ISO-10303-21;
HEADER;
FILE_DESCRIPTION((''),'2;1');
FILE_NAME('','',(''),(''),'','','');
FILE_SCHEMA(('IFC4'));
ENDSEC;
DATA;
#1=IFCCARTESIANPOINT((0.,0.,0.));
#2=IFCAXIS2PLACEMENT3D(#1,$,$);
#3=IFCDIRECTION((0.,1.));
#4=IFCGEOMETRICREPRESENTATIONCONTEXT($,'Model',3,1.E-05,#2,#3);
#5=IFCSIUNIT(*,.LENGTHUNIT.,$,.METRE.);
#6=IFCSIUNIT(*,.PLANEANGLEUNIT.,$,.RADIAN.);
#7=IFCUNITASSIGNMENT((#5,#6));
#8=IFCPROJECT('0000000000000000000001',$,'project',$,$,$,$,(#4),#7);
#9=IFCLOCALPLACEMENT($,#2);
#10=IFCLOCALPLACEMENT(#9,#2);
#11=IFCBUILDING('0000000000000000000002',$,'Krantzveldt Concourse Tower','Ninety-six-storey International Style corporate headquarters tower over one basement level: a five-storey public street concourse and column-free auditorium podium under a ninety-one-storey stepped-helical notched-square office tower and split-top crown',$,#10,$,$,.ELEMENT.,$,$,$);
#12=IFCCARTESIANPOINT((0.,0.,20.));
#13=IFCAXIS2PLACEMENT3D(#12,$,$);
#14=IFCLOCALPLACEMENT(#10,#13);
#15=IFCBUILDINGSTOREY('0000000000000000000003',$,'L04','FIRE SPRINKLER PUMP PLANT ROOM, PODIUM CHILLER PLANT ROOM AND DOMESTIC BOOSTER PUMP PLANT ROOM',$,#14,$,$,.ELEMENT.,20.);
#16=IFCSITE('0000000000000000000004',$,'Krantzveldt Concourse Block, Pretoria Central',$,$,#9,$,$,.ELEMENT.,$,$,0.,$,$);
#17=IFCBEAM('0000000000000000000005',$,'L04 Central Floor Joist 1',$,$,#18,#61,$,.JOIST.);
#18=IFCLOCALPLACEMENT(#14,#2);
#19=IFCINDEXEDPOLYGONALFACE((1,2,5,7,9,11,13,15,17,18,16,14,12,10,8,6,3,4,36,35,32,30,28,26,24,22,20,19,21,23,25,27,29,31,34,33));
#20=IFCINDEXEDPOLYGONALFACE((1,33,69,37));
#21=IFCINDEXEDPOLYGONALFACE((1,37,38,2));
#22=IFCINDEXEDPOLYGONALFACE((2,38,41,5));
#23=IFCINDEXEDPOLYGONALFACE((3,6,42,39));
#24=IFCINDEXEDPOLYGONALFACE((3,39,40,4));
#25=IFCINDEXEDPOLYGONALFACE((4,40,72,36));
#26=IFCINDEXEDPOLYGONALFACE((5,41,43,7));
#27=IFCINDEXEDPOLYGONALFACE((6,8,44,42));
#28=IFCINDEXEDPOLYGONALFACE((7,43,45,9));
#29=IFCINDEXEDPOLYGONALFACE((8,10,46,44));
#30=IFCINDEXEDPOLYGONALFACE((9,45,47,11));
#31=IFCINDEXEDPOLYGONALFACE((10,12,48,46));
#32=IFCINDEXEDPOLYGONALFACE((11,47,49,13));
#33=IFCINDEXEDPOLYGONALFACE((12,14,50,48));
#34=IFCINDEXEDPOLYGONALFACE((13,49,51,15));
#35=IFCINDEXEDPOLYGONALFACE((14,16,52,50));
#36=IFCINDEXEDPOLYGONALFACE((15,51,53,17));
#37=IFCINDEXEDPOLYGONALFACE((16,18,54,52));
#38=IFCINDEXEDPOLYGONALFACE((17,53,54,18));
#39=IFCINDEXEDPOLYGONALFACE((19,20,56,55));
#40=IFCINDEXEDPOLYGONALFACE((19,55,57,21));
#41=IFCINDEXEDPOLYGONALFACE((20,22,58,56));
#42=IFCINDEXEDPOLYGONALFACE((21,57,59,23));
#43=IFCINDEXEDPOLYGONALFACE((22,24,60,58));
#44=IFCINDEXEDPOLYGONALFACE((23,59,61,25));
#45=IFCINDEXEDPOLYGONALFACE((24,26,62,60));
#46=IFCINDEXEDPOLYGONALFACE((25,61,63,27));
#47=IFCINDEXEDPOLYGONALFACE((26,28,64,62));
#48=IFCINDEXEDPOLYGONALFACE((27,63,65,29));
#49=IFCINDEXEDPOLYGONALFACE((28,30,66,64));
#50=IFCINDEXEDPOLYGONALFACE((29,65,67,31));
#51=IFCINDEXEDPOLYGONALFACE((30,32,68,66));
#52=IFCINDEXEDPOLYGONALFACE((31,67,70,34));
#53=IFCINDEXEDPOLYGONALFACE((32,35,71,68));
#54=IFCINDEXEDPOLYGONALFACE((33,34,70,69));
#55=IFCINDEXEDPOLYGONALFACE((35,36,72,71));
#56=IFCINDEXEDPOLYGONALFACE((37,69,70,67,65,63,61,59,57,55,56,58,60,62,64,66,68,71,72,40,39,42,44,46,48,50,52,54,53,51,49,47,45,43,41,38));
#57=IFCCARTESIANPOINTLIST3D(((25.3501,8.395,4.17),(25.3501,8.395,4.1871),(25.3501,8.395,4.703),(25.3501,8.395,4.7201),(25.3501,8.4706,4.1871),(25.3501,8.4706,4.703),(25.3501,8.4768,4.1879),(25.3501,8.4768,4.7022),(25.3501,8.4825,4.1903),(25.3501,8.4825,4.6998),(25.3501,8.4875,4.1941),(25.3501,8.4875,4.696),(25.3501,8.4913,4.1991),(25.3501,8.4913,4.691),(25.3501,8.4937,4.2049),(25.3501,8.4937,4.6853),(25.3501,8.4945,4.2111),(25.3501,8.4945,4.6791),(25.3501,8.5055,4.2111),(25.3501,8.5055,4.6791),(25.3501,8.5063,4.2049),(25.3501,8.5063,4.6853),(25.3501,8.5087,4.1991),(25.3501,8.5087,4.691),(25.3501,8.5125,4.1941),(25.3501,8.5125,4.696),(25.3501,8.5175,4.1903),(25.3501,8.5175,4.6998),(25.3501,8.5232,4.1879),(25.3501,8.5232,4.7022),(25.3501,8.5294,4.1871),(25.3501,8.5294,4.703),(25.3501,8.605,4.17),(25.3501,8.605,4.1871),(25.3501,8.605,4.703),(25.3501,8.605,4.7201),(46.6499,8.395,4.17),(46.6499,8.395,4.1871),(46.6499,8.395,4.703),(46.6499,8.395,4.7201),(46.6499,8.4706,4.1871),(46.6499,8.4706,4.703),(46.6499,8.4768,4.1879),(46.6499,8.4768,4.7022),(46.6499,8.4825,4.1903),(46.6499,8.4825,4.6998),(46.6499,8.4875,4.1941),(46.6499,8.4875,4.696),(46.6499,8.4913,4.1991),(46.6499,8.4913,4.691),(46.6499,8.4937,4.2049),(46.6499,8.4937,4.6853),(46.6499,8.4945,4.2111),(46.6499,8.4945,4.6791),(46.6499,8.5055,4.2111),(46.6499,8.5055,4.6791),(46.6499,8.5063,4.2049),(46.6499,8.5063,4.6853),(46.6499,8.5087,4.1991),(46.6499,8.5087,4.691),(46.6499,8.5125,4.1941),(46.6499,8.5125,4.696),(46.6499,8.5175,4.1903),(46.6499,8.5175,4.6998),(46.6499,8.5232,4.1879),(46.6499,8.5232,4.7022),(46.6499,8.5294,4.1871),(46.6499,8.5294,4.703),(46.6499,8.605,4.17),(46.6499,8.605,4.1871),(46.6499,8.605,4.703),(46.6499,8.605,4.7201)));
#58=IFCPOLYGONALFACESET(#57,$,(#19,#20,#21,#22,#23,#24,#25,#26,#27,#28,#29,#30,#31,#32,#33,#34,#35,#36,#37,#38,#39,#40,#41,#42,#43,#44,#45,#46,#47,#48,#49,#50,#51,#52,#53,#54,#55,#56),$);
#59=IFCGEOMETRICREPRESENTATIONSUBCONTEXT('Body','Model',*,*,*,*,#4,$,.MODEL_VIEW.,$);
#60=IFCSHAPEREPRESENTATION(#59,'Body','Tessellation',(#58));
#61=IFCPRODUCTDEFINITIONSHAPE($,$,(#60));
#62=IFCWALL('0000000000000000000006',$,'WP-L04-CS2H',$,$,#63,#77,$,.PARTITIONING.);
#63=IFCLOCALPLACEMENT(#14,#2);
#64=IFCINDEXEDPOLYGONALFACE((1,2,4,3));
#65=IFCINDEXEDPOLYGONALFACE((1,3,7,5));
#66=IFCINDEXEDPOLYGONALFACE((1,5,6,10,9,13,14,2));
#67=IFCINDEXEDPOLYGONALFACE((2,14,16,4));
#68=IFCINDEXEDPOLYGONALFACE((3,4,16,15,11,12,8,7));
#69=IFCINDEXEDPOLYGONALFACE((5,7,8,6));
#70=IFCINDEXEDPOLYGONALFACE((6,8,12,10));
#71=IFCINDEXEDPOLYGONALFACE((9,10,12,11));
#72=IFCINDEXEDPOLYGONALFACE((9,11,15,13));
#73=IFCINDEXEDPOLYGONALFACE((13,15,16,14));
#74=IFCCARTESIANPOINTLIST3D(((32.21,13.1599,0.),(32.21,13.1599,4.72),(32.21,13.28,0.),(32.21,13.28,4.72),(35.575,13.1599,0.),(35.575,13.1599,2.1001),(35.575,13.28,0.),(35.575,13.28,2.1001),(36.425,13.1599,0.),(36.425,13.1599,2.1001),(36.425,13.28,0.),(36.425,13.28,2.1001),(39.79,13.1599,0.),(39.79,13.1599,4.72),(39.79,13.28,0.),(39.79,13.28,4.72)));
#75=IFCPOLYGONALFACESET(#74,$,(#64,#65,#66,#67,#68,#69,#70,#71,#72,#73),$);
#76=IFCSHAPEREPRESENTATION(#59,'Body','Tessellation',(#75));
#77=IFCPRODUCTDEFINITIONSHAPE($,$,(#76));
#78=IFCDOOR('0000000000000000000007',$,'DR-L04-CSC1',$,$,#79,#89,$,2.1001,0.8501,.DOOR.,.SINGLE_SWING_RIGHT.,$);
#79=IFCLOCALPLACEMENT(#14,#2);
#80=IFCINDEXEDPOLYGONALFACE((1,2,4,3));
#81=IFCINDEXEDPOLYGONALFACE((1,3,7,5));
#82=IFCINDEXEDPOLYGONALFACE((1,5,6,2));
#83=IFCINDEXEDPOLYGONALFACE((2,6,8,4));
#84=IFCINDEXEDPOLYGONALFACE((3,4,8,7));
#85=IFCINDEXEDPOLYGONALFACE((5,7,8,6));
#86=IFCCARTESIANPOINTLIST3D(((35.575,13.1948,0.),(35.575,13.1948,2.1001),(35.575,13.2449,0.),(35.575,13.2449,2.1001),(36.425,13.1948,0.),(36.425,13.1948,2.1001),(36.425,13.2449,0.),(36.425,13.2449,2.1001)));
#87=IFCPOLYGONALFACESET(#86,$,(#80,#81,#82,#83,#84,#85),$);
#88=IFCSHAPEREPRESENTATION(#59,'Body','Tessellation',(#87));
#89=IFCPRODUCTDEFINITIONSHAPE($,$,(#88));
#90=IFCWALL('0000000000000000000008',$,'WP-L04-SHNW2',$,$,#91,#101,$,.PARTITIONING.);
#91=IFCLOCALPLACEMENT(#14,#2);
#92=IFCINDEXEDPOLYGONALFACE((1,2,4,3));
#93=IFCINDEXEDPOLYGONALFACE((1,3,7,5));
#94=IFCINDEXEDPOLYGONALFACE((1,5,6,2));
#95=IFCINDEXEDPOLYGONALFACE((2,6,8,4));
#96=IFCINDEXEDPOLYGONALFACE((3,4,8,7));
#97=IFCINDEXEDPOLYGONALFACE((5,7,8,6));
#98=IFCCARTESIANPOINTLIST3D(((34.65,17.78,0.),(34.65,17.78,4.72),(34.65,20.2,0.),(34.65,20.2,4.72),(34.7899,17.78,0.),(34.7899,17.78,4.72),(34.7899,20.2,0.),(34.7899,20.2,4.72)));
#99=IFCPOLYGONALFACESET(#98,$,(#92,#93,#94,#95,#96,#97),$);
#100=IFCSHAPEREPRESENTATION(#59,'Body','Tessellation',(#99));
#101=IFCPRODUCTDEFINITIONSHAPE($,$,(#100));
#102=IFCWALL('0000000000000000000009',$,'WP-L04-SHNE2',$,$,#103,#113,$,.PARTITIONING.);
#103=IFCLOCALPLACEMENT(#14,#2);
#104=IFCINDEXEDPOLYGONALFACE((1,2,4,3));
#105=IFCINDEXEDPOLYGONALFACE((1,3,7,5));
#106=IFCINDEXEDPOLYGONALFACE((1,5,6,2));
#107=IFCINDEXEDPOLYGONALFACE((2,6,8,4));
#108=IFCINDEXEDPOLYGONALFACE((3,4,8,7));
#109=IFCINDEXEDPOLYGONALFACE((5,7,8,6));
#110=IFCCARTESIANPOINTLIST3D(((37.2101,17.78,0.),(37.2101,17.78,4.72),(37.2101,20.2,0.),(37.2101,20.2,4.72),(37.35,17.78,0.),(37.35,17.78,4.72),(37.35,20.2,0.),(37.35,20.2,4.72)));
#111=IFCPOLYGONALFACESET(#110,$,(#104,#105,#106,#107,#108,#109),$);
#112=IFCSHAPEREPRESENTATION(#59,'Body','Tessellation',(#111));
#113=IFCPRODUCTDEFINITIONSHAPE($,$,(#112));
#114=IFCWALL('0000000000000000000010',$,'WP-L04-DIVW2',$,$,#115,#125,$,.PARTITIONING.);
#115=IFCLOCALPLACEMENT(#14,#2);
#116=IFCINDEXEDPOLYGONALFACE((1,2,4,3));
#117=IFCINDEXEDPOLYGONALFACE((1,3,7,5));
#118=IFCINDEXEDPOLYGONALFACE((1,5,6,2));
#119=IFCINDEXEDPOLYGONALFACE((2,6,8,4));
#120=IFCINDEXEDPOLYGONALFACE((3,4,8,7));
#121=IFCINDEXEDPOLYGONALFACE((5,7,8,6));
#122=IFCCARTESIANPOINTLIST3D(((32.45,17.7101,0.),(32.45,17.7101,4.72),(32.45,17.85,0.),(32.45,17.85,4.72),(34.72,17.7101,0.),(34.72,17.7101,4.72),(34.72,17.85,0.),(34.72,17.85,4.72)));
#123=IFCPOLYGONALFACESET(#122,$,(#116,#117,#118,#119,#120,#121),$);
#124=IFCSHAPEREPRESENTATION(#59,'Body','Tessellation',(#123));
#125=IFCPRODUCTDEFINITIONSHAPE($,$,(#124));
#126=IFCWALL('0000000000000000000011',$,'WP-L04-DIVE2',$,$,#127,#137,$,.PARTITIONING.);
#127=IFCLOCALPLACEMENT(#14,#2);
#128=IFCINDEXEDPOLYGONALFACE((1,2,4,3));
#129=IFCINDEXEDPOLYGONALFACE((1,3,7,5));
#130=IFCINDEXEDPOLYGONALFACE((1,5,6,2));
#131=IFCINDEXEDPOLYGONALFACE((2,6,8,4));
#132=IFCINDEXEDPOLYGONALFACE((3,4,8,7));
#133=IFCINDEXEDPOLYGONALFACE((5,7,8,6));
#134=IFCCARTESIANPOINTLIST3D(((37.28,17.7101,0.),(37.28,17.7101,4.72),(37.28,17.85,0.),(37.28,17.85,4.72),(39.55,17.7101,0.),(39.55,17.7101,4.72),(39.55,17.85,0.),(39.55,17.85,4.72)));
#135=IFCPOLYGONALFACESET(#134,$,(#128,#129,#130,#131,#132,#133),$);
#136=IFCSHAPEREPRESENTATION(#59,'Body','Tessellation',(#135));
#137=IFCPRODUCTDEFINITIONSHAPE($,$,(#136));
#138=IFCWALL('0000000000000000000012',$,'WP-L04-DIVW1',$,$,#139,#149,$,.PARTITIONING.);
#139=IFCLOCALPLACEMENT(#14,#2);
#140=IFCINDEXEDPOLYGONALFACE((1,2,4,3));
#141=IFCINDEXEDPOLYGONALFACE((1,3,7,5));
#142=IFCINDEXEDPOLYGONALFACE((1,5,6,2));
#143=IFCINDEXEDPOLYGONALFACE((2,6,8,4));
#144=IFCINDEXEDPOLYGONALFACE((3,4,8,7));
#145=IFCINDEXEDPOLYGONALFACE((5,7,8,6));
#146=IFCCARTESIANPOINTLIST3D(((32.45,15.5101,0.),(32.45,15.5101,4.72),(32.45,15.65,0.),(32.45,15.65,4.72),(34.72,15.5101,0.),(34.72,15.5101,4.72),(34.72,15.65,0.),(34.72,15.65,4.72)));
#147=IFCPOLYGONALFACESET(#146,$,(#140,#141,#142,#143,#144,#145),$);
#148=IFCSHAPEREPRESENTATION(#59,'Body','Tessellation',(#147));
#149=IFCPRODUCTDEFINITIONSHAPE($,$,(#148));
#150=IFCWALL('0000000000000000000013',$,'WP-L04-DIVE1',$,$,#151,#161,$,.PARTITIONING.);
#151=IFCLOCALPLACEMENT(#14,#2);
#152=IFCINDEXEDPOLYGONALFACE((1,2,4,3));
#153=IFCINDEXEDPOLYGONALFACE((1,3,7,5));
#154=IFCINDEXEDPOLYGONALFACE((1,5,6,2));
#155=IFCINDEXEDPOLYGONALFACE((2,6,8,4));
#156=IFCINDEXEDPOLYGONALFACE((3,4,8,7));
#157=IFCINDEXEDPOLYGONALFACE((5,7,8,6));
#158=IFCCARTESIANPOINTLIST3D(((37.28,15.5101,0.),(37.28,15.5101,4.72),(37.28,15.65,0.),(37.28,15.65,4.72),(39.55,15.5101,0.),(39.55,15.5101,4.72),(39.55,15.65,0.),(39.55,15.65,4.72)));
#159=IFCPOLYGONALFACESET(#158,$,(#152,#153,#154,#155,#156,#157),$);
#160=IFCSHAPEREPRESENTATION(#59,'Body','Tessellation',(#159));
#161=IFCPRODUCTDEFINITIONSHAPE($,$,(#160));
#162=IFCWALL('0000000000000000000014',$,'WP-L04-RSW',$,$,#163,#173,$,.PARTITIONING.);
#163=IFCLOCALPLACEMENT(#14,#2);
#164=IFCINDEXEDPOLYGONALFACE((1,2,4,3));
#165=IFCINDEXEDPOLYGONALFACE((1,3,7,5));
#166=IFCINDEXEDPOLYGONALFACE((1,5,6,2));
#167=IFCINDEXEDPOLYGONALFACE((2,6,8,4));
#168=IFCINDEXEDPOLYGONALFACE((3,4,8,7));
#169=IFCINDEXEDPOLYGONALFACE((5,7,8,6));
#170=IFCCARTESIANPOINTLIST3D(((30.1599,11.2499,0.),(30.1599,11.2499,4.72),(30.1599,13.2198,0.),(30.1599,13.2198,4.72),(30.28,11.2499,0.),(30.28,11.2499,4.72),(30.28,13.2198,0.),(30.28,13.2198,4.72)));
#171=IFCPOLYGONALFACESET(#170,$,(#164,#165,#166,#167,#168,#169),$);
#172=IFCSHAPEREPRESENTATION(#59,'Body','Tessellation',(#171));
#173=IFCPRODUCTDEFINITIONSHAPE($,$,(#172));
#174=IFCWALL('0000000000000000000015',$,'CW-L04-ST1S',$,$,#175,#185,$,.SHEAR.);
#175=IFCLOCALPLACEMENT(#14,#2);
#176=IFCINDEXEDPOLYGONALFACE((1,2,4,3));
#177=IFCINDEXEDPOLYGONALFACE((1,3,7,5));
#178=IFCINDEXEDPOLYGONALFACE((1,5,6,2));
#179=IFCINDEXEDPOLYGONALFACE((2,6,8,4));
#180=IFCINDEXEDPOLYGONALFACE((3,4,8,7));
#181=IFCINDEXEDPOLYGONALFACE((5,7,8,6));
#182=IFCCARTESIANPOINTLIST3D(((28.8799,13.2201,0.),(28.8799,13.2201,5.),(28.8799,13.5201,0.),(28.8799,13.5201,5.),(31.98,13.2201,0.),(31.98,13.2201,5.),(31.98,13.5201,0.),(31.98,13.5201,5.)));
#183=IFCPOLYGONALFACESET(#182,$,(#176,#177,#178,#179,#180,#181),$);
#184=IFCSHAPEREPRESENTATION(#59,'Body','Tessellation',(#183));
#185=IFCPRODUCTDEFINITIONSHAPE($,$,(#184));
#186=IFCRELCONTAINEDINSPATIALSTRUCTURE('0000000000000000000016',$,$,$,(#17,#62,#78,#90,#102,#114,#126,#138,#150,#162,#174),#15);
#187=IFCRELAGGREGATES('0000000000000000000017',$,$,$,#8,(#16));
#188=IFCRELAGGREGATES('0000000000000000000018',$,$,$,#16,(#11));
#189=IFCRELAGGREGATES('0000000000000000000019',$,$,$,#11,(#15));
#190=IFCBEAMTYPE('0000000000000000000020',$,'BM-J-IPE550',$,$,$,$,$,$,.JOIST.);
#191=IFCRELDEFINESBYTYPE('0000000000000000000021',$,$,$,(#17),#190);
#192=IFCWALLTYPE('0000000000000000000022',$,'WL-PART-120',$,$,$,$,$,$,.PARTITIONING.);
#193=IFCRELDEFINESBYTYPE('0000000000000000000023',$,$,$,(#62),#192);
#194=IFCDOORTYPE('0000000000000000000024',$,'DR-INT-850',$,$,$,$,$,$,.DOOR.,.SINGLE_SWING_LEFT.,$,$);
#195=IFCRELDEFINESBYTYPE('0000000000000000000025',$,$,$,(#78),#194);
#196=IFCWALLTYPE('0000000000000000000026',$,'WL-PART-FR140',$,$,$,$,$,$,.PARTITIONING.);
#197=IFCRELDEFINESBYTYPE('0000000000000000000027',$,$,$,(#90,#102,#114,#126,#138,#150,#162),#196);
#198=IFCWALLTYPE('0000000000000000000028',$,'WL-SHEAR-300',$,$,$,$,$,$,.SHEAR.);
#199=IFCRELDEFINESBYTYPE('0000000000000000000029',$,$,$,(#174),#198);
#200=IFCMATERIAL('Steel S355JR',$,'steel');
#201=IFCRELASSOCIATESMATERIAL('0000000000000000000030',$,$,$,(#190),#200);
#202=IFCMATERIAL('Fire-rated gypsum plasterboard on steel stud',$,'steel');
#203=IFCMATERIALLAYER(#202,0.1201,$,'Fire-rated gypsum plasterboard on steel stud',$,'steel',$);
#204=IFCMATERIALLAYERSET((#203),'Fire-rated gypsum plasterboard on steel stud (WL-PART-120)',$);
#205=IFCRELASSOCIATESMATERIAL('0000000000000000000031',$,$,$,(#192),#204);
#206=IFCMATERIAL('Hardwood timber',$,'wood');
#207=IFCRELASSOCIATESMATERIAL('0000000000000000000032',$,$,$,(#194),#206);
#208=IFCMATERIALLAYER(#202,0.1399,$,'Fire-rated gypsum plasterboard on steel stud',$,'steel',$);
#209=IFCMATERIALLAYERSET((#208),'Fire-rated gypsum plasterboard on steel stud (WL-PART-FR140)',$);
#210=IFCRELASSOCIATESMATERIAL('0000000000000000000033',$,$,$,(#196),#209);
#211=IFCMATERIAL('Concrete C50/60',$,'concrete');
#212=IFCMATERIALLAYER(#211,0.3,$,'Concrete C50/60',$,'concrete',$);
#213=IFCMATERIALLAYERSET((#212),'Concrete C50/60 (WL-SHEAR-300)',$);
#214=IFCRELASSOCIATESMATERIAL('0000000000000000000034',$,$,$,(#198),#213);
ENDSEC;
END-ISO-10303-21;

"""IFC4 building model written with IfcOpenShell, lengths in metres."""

from ifc_helpers import new_model, si_unit, direction, frame, frame_2d, origin, origin_2d, place, context, subcontext, project, spatial, rectangle, i_section, extrude, source, transform, mapped, material, layer, layer_set, material_profile, profile_set, type_object, type_shapes, element, fill, save


model = new_model("IFC4")

# Units and contexts
model_context = context("Model", 3, precision=1e-05, world=origin(), true_north=direction((0.0, 1.0)))
body_context = subcontext(model_context, "Body", "Model", "MODEL_VIEW")
ifc_project = project(units=[si_unit("LENGTHUNIT", "METRE"), si_unit("PLANEANGLEUNIT", "RADIAN")], contexts=[model_context])

# Site, building, storey
site_placement = place(None, origin())
site = spatial("IfcSite", under=ifc_project, at=site_placement, Name="Krantzveldt Concourse Block, Pretoria Central", CompositionType="ELEMENT", RefElevation=0.0)
building_placement = place(site_placement, origin())
building = spatial("IfcBuilding", under=site, at=building_placement, Name="Krantzveldt Concourse Tower", Description="Ninety-six-storey International Style corporate headquarters tower over one basement level: a five-storey public street concourse and column-free auditorium podium under a ninety-one-storey stepped-helical notched-square office tower and split-top crown", CompositionType="ELEMENT")
storey_placement = place(building_placement, frame((0.0, 0.0, 20.0)))
storey = spatial("IfcBuildingStorey", under=building, at=storey_placement, Name="L04", Description="FIRE SPRINKLER PUMP PLANT ROOM, PODIUM CHILLER PLANT ROOM AND DOMESTIC BOOSTER PUMP PLANT ROOM", CompositionType="ELEMENT", Elevation=20.0)

# Beam
ifc_material_1 = material(Name="Steel S355JR", Category="steel")
ifc_material_profile = material_profile(ifc_material_1, i_section(OverallWidth=0.21, OverallDepth=0.55, WebThickness=0.011, FlangeThickness=0.0171, FilletRadius=0.0239, at=origin_2d()), Name="Steel S355JR", Category="steel")
ifc_profile_set = profile_set([ifc_material_profile], Name="Steel S355JR - IPE 550")
beam_type = type_object("IfcBeamType", Name="BM-J-IPE550", PredefinedType="JOIST", material=ifc_profile_set)
shared_shape = source(origin(), body_context, "Body", "SweptSolid", [
    extrude(i_section(OverallWidth=0.21, OverallDepth=0.55, WebThickness=0.011, FlangeThickness=0.0171, FilletRadius=0.0239, at=origin_2d()), origin(), (0.0, 0.0, 1.0), 21.2998),
])
type_shapes(beam_type, [shared_shape])
beam_placement = place(storey_placement, frame((25.3501, 8.5, 4.4451), z_axis=(1.0, 0.0, 0.0), x_axis=(0.0, 1.0, 0.0)))
element("IfcBeam", 1, at=beam_placement, inside=storey, type_object=beam_type, Name="L04 Central Floor Joist 1", PredefinedType="JOIST", context=body_context, shape_type="MappedRepresentation", body=[
    mapped(shared_shape, transform((0.0, 0.0, 0.0), x_axis=(1.0, 0.0, 0.0), y_axis=(0.0, 1.0, 0.0), z_axis=(0.0, 0.0, 1.0), scale=1.0)),
])

# Wall, opening, door
ifc_material_2 = material(Name="Fire-rated gypsum plasterboard on steel stud", Category="steel")
ifc_layer_1 = layer(ifc_material_2, 0.1201, Name="Fire-rated gypsum plasterboard on steel stud", Category="steel")
ifc_layer_set_1 = layer_set([ifc_layer_1], Name="Fire-rated gypsum plasterboard on steel stud (WL-PART-120)")
wall_type_1 = type_object("IfcWallType", Name="WL-PART-120", PredefinedType="PARTITIONING", material=ifc_layer_set_1)
wall_1_placement = place(storey_placement, frame((32.21, 13.22, 0.0), z_axis=(0.0, 0.0, 1.0), x_axis=(1.0, 0.0, 0.0)))
wall_1 = element("IfcWall", 2, at=wall_1_placement, inside=storey, type_object=wall_type_1, Name="WP-L04-CS2H", PredefinedType="PARTITIONING", context=body_context, shape_type="SweptSolid", body=[
    extrude(rectangle(XDim=7.5801, YDim=0.1201, at=frame_2d((3.79, 0.0))), origin(), (0.0, 0.0, 1.0), 4.72),
])
opening_1_placement = place(wall_1_placement, frame((3.365, 0.0, 0.0)))
opening_1 = element("IfcOpeningElement", 3, at=opening_1_placement, cuts=wall_1, PredefinedType="OPENING", context=body_context, shape_type="SweptSolid", body=[
    extrude(rectangle(XDim=0.8501, YDim=2.1001, at=frame_2d((0.425, 1.05))), frame((0.0, 0.0701, 0.0), z_axis=(0.0, -1.0, 0.0), x_axis=(1.0, 0.0, 0.0)), (0.0, 0.0, 1.0), 0.1401),
])
ifc_material_3 = material(Name="Hardwood timber", Category="wood")
door_type_1 = type_object("IfcDoorType", Name="DR-INT-850", OperationType="SINGLE_SWING_LEFT", PredefinedType="DOOR", material=ifc_material_3)
door_1_placement = place(opening_1_placement, origin())
door_1 = element("IfcDoor", 4, at=door_1_placement, inside=storey, type_object=door_type_1, Name="DR-L04-CSC1", OperationType="SINGLE_SWING_RIGHT", OverallHeight=2.1001, OverallWidth=0.8501, PredefinedType="DOOR", context=body_context, shape_type="SweptSolid", body=[
    extrude(rectangle(XDim=0.8501, YDim=2.1001, at=frame_2d((0.425, 1.05))), frame((0.0, 0.0249, 0.0), z_axis=(0.0, -1.0, 0.0), x_axis=(1.0, 0.0, 0.0)), (0.0, 0.0, 1.0), 0.05),
])
fill(opening_1, door_1)

# Walls
ifc_layer_2 = layer(ifc_material_2, 0.1399, Name="Fire-rated gypsum plasterboard on steel stud", Category="steel")
ifc_layer_set_2 = layer_set([ifc_layer_2], Name="Fire-rated gypsum plasterboard on steel stud (WL-PART-FR140)")
wall_type_2 = type_object("IfcWallType", Name="WL-PART-FR140", PredefinedType="PARTITIONING", material=ifc_layer_set_2)
for number, where, z_axis, x_axis, name in (
    (5, (34.72, 17.78, 0.0), (0.0, 0.0, 1.0), (0.0, 1.0, 0.0), "WP-L04-SHNW2"),
    (6, (37.28, 17.78, 0.0), (0.0, 0.0, 1.0), (0.0, 1.0, 0.0), "WP-L04-SHNE2"),
):
    element("IfcWall", number, at=place(storey_placement, frame(where, z_axis=z_axis, x_axis=x_axis)), inside=storey, type_object=wall_type_2, Name=name, PredefinedType="PARTITIONING", context=body_context, shape_type="SweptSolid", body=[
        extrude(rectangle(XDim=2.4199, YDim=0.1399, at=frame_2d((1.21, 0.0))), origin(), (0.0, 0.0, 1.0), 4.72),
    ])
for number, where, z_axis, x_axis, name in (
    (7, (32.45, 17.78, 0.0), (0.0, 0.0, 1.0), (1.0, 0.0, 0.0), "WP-L04-DIVW2"),
    (8, (37.28, 17.78, 0.0), (0.0, 0.0, 1.0), (1.0, 0.0, 0.0), "WP-L04-DIVE2"),
):
    element("IfcWall", number, at=place(storey_placement, frame(where, z_axis=z_axis, x_axis=x_axis)), inside=storey, type_object=wall_type_2, Name=name, PredefinedType="PARTITIONING", context=body_context, shape_type="SweptSolid", body=[
        extrude(rectangle(XDim=2.27, YDim=0.1399, at=frame_2d((1.135, 0.0))), origin(), (0.0, 0.0, 1.0), 4.72),
    ])

# Wall
wall_2_placement = place(storey_placement, frame((32.45, 15.5801, 0.0), z_axis=(0.0, 0.0, 1.0), x_axis=(1.0, 0.0, 0.0)))
element("IfcWall", 9, at=wall_2_placement, inside=storey, type_object=wall_type_2, Name="WP-L04-DIVW1", PredefinedType="PARTITIONING", context=body_context, shape_type="SweptSolid", body=[
    extrude(rectangle(XDim=2.27, YDim=0.1399, at=frame_2d((1.135, 0.0))), origin(), (0.0, 0.0, 1.0), 4.72),
])

# Walls
wall_3_placement = place(storey_placement, frame((37.28, 15.5801, 0.0), z_axis=(0.0, 0.0, 1.0), x_axis=(1.0, 0.0, 0.0)))
element("IfcWall", 10, at=wall_3_placement, inside=storey, type_object=wall_type_2, Name="WP-L04-DIVE1", PredefinedType="PARTITIONING", context=body_context, shape_type="SweptSolid", body=[
    extrude(rectangle(XDim=2.27, YDim=0.1399, at=frame_2d((1.135, 0.0))), origin(), (0.0, 0.0, 1.0), 4.72),
])
wall_4_placement = place(storey_placement, frame((30.22, 11.25, 0.0), z_axis=(0.0, 0.0, 1.0), x_axis=(0.0, 1.0, 0.0)))
element("IfcWall", 11, at=wall_4_placement, inside=storey, type_object=wall_type_2, Name="WP-L04-RSW", PredefinedType="PARTITIONING", context=body_context, shape_type="SweptSolid", body=[
    extrude(rectangle(XDim=1.97, YDim=0.1201, at=frame_2d((0.9849, 0.0))), origin(), (0.0, 0.0, 1.0), 4.72),
])
ifc_material_4 = material(Name="Concrete C50/60", Category="concrete")
ifc_layer_3 = layer(ifc_material_4, 0.3, Name="Concrete C50/60", Category="concrete")
ifc_layer_set_3 = layer_set([ifc_layer_3], Name="Concrete C50/60 (WL-SHEAR-300)")
wall_type_3 = type_object("IfcWallType", Name="WL-SHEAR-300", PredefinedType="SHEAR", material=ifc_layer_set_3)
for number, where, z_axis, x_axis, name in (
    (12, (28.8799, 13.3701, 0.0), (0.0, 0.0, 1.0), (1.0, 0.0, 0.0), "CW-L04-ST1S"),
):
    element("IfcWall", number, at=place(storey_placement, frame(where, z_axis=z_axis, x_axis=x_axis)), inside=storey, type_object=wall_type_3, Name=name, PredefinedType="SHEAR", context=body_context, shape_type="SweptSolid", body=[
        extrude(rectangle(XDim=3.1001, YDim=0.3, at=frame_2d((1.55, 0.0))), origin(), (0.0, 0.0, 1.0), 5.0),
    ])

save(model, "model.ifc")
